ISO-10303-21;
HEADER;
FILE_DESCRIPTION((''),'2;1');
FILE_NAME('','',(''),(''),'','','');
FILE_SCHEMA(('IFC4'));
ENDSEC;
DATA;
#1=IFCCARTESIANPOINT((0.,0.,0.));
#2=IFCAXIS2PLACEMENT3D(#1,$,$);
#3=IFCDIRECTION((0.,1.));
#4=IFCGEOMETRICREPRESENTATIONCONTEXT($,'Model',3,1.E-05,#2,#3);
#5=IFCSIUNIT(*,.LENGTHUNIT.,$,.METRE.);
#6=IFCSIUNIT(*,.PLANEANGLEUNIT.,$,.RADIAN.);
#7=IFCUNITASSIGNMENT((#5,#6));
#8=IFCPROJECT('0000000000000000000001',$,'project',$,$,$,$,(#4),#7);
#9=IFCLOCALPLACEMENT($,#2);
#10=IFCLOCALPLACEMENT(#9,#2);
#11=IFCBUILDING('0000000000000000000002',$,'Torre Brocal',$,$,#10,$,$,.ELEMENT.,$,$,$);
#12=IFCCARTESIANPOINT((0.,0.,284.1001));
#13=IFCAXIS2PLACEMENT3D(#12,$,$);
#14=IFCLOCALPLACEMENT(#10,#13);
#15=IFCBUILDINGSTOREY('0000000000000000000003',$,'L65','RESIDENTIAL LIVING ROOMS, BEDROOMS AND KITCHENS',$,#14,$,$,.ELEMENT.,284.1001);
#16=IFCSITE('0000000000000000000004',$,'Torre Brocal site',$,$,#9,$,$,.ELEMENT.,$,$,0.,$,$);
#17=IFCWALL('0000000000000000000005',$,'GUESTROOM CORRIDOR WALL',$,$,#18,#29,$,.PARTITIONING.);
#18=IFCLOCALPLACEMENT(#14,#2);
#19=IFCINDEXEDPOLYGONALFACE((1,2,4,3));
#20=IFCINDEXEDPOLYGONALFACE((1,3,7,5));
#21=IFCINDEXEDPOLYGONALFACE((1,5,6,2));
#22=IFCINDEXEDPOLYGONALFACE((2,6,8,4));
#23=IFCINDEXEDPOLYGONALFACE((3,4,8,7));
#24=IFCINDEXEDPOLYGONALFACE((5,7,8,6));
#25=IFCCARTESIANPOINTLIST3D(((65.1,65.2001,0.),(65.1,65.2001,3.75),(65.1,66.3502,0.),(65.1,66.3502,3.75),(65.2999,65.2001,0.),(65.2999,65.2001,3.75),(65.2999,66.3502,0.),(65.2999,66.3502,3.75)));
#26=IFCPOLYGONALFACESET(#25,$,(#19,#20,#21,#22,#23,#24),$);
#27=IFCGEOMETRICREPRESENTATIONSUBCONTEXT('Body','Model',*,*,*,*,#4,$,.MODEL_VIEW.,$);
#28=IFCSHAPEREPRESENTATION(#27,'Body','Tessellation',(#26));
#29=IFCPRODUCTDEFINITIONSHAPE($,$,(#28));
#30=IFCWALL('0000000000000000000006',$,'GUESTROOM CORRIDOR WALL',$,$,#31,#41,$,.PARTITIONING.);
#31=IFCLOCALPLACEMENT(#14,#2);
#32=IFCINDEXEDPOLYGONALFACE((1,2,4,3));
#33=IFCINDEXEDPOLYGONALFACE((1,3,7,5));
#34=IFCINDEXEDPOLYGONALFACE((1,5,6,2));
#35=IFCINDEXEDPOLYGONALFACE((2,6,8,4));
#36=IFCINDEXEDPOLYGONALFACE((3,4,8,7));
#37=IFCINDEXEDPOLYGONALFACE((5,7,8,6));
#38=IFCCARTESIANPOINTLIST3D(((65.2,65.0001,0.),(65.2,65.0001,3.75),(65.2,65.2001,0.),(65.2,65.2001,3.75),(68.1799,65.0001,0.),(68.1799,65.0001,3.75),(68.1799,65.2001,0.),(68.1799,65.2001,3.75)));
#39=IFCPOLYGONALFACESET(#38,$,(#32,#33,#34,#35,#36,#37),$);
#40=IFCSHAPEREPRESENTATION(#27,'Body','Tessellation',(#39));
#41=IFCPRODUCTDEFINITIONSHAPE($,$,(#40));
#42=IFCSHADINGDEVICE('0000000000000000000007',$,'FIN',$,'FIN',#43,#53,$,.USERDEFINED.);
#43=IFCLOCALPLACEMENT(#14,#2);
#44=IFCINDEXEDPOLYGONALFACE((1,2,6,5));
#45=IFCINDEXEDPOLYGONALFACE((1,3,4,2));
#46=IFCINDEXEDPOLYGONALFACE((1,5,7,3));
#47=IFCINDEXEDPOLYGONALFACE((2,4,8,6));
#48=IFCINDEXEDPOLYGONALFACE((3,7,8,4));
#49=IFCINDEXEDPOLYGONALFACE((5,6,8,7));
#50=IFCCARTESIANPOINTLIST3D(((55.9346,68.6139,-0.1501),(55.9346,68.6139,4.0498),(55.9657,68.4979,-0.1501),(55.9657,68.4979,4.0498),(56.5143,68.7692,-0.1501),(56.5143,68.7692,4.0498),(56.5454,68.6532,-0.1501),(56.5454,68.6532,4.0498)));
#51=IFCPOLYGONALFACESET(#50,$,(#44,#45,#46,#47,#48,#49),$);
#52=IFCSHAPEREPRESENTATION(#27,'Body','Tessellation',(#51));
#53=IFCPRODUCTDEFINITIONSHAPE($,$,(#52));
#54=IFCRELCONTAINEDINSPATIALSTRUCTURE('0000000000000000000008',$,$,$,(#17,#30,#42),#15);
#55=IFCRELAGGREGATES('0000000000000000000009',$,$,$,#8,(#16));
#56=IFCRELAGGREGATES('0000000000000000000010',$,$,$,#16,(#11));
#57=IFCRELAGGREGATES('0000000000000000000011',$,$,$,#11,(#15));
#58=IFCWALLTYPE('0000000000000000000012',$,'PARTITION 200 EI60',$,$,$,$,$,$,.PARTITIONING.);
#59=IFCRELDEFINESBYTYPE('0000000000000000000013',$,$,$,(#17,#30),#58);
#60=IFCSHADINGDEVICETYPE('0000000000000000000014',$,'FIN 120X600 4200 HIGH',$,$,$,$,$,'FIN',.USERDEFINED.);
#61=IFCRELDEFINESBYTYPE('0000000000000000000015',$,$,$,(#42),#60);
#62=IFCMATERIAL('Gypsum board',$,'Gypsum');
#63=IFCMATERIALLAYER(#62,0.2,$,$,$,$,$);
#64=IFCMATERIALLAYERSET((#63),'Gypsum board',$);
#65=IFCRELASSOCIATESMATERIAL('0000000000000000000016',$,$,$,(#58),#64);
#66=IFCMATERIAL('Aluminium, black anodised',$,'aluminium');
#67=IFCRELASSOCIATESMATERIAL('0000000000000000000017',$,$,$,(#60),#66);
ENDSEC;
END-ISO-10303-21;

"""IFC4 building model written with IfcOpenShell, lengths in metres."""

from ifc_helpers import new_model, si_unit, direction, frame, frame_2d, origin, origin_2d, place, context, subcontext, project, spatial, rectangle, extrude, material, layer, layer_set, material_profile, profile_set, type_object, element, save


model = new_model("IFC4")

# Units and contexts
model_context = context("Model", 3, precision=1e-05, world=origin(), true_north=direction((0.0, 1.0)))
body_context = subcontext(model_context, "Body", "Model", "MODEL_VIEW")
ifc_project = project(units=[si_unit("LENGTHUNIT", "METRE"), si_unit("PLANEANGLEUNIT", "RADIAN")], contexts=[model_context])

# Site, building, storey
site_placement = place(None, origin())
site = spatial("IfcSite", under=ifc_project, at=site_placement, Name="Torre Brocal site", CompositionType="ELEMENT", RefElevation=0.0)
building_placement = place(site_placement, origin())
building = spatial("IfcBuilding", under=site, at=building_placement, Name="Torre Brocal", CompositionType="ELEMENT")
storey_placement = place(building_placement, frame((0.0, 0.0, 284.1001)))
storey = spatial("IfcBuildingStorey", under=building, at=storey_placement, Name="L65", Description="RESIDENTIAL LIVING ROOMS, BEDROOMS AND KITCHENS", CompositionType="ELEMENT", Elevation=284.1001)

# Walls
ifc_material_1 = material(Name="Gypsum board", Category="Gypsum")
ifc_layer_1 = layer(ifc_material_1, 0.2)
ifc_layer_set_1 = layer_set([ifc_layer_1], Name="Gypsum board")
wall_type_1 = type_object("IfcWallType", Name="PARTITION 200 EI60", PredefinedType="PARTITIONING", material=ifc_layer_set_1)
wall_1_placement = place(storey_placement, frame((65.2, 65.2, 0.0), z_axis=(0.0, 0.0, 1.0), x_axis=(0.0, 1.0, 0.0)))
element("IfcWall", 1, at=wall_1_placement, inside=storey, type_object=wall_type_1, Name="GUESTROOM CORRIDOR WALL", PredefinedType="PARTITIONING", context=body_context, shape_type="SweptSolid", body=[
    extrude(rectangle(XDim=1.1501, YDim=0.2, at=frame_2d((0.5752, 0.0))), origin(), (0.0, 0.0, 1.0), 3.75),
])
wall_2_placement = place(storey_placement, frame((65.2, 65.1001, 0.0), z_axis=(0.0, 0.0, 1.0), x_axis=(1.0, 0.0, 0.0)))
element("IfcWall", 2, at=wall_2_placement, inside=storey, type_object=wall_type_1, Name="GUESTROOM CORRIDOR WALL", PredefinedType="PARTITIONING", context=body_context, shape_type="SweptSolid", body=[
    extrude(rectangle(XDim=2.98, YDim=0.2, at=frame_2d((1.49, 0.0))), origin(), (0.0, 0.0, 1.0), 3.75),
])

# Shading device
ifc_material_2 = material(Name="Aluminium, black anodised", Category="aluminium")
ifc_material_profile_1 = material_profile(ifc_material_2, rectangle(XDim=0.1201, YDim=0.6001, at=origin_2d()), Name="FIN 120X600 4200 HIGH")
ifc_profile_set_1 = profile_set([ifc_material_profile_1], Name="Aluminium, black anodised")
shading_device_type = type_object("IfcShadingDeviceType", Name="FIN 120X600 4200 HIGH", ElementType="FIN", PredefinedType="USERDEFINED", material=ifc_profile_set_1)
shading_device_placement = place(storey_placement, frame((56.24, 68.6335, -0.1501), z_axis=(0.0, 0.0, 1.0), x_axis=(0.258819, -0.965926, 0.0)))
element("IfcShadingDevice", 3, at=shading_device_placement, inside=storey, type_object=shading_device_type, Name="FIN", ObjectType="FIN", PredefinedType="USERDEFINED", context=body_context, shape_type="SweptSolid", body=[
    extrude(rectangle(XDim=0.1201, YDim=0.6001, at=origin_2d()), origin(), (0.0, 0.0, 1.0), 4.2),
])

save(model, "model.ifc")
